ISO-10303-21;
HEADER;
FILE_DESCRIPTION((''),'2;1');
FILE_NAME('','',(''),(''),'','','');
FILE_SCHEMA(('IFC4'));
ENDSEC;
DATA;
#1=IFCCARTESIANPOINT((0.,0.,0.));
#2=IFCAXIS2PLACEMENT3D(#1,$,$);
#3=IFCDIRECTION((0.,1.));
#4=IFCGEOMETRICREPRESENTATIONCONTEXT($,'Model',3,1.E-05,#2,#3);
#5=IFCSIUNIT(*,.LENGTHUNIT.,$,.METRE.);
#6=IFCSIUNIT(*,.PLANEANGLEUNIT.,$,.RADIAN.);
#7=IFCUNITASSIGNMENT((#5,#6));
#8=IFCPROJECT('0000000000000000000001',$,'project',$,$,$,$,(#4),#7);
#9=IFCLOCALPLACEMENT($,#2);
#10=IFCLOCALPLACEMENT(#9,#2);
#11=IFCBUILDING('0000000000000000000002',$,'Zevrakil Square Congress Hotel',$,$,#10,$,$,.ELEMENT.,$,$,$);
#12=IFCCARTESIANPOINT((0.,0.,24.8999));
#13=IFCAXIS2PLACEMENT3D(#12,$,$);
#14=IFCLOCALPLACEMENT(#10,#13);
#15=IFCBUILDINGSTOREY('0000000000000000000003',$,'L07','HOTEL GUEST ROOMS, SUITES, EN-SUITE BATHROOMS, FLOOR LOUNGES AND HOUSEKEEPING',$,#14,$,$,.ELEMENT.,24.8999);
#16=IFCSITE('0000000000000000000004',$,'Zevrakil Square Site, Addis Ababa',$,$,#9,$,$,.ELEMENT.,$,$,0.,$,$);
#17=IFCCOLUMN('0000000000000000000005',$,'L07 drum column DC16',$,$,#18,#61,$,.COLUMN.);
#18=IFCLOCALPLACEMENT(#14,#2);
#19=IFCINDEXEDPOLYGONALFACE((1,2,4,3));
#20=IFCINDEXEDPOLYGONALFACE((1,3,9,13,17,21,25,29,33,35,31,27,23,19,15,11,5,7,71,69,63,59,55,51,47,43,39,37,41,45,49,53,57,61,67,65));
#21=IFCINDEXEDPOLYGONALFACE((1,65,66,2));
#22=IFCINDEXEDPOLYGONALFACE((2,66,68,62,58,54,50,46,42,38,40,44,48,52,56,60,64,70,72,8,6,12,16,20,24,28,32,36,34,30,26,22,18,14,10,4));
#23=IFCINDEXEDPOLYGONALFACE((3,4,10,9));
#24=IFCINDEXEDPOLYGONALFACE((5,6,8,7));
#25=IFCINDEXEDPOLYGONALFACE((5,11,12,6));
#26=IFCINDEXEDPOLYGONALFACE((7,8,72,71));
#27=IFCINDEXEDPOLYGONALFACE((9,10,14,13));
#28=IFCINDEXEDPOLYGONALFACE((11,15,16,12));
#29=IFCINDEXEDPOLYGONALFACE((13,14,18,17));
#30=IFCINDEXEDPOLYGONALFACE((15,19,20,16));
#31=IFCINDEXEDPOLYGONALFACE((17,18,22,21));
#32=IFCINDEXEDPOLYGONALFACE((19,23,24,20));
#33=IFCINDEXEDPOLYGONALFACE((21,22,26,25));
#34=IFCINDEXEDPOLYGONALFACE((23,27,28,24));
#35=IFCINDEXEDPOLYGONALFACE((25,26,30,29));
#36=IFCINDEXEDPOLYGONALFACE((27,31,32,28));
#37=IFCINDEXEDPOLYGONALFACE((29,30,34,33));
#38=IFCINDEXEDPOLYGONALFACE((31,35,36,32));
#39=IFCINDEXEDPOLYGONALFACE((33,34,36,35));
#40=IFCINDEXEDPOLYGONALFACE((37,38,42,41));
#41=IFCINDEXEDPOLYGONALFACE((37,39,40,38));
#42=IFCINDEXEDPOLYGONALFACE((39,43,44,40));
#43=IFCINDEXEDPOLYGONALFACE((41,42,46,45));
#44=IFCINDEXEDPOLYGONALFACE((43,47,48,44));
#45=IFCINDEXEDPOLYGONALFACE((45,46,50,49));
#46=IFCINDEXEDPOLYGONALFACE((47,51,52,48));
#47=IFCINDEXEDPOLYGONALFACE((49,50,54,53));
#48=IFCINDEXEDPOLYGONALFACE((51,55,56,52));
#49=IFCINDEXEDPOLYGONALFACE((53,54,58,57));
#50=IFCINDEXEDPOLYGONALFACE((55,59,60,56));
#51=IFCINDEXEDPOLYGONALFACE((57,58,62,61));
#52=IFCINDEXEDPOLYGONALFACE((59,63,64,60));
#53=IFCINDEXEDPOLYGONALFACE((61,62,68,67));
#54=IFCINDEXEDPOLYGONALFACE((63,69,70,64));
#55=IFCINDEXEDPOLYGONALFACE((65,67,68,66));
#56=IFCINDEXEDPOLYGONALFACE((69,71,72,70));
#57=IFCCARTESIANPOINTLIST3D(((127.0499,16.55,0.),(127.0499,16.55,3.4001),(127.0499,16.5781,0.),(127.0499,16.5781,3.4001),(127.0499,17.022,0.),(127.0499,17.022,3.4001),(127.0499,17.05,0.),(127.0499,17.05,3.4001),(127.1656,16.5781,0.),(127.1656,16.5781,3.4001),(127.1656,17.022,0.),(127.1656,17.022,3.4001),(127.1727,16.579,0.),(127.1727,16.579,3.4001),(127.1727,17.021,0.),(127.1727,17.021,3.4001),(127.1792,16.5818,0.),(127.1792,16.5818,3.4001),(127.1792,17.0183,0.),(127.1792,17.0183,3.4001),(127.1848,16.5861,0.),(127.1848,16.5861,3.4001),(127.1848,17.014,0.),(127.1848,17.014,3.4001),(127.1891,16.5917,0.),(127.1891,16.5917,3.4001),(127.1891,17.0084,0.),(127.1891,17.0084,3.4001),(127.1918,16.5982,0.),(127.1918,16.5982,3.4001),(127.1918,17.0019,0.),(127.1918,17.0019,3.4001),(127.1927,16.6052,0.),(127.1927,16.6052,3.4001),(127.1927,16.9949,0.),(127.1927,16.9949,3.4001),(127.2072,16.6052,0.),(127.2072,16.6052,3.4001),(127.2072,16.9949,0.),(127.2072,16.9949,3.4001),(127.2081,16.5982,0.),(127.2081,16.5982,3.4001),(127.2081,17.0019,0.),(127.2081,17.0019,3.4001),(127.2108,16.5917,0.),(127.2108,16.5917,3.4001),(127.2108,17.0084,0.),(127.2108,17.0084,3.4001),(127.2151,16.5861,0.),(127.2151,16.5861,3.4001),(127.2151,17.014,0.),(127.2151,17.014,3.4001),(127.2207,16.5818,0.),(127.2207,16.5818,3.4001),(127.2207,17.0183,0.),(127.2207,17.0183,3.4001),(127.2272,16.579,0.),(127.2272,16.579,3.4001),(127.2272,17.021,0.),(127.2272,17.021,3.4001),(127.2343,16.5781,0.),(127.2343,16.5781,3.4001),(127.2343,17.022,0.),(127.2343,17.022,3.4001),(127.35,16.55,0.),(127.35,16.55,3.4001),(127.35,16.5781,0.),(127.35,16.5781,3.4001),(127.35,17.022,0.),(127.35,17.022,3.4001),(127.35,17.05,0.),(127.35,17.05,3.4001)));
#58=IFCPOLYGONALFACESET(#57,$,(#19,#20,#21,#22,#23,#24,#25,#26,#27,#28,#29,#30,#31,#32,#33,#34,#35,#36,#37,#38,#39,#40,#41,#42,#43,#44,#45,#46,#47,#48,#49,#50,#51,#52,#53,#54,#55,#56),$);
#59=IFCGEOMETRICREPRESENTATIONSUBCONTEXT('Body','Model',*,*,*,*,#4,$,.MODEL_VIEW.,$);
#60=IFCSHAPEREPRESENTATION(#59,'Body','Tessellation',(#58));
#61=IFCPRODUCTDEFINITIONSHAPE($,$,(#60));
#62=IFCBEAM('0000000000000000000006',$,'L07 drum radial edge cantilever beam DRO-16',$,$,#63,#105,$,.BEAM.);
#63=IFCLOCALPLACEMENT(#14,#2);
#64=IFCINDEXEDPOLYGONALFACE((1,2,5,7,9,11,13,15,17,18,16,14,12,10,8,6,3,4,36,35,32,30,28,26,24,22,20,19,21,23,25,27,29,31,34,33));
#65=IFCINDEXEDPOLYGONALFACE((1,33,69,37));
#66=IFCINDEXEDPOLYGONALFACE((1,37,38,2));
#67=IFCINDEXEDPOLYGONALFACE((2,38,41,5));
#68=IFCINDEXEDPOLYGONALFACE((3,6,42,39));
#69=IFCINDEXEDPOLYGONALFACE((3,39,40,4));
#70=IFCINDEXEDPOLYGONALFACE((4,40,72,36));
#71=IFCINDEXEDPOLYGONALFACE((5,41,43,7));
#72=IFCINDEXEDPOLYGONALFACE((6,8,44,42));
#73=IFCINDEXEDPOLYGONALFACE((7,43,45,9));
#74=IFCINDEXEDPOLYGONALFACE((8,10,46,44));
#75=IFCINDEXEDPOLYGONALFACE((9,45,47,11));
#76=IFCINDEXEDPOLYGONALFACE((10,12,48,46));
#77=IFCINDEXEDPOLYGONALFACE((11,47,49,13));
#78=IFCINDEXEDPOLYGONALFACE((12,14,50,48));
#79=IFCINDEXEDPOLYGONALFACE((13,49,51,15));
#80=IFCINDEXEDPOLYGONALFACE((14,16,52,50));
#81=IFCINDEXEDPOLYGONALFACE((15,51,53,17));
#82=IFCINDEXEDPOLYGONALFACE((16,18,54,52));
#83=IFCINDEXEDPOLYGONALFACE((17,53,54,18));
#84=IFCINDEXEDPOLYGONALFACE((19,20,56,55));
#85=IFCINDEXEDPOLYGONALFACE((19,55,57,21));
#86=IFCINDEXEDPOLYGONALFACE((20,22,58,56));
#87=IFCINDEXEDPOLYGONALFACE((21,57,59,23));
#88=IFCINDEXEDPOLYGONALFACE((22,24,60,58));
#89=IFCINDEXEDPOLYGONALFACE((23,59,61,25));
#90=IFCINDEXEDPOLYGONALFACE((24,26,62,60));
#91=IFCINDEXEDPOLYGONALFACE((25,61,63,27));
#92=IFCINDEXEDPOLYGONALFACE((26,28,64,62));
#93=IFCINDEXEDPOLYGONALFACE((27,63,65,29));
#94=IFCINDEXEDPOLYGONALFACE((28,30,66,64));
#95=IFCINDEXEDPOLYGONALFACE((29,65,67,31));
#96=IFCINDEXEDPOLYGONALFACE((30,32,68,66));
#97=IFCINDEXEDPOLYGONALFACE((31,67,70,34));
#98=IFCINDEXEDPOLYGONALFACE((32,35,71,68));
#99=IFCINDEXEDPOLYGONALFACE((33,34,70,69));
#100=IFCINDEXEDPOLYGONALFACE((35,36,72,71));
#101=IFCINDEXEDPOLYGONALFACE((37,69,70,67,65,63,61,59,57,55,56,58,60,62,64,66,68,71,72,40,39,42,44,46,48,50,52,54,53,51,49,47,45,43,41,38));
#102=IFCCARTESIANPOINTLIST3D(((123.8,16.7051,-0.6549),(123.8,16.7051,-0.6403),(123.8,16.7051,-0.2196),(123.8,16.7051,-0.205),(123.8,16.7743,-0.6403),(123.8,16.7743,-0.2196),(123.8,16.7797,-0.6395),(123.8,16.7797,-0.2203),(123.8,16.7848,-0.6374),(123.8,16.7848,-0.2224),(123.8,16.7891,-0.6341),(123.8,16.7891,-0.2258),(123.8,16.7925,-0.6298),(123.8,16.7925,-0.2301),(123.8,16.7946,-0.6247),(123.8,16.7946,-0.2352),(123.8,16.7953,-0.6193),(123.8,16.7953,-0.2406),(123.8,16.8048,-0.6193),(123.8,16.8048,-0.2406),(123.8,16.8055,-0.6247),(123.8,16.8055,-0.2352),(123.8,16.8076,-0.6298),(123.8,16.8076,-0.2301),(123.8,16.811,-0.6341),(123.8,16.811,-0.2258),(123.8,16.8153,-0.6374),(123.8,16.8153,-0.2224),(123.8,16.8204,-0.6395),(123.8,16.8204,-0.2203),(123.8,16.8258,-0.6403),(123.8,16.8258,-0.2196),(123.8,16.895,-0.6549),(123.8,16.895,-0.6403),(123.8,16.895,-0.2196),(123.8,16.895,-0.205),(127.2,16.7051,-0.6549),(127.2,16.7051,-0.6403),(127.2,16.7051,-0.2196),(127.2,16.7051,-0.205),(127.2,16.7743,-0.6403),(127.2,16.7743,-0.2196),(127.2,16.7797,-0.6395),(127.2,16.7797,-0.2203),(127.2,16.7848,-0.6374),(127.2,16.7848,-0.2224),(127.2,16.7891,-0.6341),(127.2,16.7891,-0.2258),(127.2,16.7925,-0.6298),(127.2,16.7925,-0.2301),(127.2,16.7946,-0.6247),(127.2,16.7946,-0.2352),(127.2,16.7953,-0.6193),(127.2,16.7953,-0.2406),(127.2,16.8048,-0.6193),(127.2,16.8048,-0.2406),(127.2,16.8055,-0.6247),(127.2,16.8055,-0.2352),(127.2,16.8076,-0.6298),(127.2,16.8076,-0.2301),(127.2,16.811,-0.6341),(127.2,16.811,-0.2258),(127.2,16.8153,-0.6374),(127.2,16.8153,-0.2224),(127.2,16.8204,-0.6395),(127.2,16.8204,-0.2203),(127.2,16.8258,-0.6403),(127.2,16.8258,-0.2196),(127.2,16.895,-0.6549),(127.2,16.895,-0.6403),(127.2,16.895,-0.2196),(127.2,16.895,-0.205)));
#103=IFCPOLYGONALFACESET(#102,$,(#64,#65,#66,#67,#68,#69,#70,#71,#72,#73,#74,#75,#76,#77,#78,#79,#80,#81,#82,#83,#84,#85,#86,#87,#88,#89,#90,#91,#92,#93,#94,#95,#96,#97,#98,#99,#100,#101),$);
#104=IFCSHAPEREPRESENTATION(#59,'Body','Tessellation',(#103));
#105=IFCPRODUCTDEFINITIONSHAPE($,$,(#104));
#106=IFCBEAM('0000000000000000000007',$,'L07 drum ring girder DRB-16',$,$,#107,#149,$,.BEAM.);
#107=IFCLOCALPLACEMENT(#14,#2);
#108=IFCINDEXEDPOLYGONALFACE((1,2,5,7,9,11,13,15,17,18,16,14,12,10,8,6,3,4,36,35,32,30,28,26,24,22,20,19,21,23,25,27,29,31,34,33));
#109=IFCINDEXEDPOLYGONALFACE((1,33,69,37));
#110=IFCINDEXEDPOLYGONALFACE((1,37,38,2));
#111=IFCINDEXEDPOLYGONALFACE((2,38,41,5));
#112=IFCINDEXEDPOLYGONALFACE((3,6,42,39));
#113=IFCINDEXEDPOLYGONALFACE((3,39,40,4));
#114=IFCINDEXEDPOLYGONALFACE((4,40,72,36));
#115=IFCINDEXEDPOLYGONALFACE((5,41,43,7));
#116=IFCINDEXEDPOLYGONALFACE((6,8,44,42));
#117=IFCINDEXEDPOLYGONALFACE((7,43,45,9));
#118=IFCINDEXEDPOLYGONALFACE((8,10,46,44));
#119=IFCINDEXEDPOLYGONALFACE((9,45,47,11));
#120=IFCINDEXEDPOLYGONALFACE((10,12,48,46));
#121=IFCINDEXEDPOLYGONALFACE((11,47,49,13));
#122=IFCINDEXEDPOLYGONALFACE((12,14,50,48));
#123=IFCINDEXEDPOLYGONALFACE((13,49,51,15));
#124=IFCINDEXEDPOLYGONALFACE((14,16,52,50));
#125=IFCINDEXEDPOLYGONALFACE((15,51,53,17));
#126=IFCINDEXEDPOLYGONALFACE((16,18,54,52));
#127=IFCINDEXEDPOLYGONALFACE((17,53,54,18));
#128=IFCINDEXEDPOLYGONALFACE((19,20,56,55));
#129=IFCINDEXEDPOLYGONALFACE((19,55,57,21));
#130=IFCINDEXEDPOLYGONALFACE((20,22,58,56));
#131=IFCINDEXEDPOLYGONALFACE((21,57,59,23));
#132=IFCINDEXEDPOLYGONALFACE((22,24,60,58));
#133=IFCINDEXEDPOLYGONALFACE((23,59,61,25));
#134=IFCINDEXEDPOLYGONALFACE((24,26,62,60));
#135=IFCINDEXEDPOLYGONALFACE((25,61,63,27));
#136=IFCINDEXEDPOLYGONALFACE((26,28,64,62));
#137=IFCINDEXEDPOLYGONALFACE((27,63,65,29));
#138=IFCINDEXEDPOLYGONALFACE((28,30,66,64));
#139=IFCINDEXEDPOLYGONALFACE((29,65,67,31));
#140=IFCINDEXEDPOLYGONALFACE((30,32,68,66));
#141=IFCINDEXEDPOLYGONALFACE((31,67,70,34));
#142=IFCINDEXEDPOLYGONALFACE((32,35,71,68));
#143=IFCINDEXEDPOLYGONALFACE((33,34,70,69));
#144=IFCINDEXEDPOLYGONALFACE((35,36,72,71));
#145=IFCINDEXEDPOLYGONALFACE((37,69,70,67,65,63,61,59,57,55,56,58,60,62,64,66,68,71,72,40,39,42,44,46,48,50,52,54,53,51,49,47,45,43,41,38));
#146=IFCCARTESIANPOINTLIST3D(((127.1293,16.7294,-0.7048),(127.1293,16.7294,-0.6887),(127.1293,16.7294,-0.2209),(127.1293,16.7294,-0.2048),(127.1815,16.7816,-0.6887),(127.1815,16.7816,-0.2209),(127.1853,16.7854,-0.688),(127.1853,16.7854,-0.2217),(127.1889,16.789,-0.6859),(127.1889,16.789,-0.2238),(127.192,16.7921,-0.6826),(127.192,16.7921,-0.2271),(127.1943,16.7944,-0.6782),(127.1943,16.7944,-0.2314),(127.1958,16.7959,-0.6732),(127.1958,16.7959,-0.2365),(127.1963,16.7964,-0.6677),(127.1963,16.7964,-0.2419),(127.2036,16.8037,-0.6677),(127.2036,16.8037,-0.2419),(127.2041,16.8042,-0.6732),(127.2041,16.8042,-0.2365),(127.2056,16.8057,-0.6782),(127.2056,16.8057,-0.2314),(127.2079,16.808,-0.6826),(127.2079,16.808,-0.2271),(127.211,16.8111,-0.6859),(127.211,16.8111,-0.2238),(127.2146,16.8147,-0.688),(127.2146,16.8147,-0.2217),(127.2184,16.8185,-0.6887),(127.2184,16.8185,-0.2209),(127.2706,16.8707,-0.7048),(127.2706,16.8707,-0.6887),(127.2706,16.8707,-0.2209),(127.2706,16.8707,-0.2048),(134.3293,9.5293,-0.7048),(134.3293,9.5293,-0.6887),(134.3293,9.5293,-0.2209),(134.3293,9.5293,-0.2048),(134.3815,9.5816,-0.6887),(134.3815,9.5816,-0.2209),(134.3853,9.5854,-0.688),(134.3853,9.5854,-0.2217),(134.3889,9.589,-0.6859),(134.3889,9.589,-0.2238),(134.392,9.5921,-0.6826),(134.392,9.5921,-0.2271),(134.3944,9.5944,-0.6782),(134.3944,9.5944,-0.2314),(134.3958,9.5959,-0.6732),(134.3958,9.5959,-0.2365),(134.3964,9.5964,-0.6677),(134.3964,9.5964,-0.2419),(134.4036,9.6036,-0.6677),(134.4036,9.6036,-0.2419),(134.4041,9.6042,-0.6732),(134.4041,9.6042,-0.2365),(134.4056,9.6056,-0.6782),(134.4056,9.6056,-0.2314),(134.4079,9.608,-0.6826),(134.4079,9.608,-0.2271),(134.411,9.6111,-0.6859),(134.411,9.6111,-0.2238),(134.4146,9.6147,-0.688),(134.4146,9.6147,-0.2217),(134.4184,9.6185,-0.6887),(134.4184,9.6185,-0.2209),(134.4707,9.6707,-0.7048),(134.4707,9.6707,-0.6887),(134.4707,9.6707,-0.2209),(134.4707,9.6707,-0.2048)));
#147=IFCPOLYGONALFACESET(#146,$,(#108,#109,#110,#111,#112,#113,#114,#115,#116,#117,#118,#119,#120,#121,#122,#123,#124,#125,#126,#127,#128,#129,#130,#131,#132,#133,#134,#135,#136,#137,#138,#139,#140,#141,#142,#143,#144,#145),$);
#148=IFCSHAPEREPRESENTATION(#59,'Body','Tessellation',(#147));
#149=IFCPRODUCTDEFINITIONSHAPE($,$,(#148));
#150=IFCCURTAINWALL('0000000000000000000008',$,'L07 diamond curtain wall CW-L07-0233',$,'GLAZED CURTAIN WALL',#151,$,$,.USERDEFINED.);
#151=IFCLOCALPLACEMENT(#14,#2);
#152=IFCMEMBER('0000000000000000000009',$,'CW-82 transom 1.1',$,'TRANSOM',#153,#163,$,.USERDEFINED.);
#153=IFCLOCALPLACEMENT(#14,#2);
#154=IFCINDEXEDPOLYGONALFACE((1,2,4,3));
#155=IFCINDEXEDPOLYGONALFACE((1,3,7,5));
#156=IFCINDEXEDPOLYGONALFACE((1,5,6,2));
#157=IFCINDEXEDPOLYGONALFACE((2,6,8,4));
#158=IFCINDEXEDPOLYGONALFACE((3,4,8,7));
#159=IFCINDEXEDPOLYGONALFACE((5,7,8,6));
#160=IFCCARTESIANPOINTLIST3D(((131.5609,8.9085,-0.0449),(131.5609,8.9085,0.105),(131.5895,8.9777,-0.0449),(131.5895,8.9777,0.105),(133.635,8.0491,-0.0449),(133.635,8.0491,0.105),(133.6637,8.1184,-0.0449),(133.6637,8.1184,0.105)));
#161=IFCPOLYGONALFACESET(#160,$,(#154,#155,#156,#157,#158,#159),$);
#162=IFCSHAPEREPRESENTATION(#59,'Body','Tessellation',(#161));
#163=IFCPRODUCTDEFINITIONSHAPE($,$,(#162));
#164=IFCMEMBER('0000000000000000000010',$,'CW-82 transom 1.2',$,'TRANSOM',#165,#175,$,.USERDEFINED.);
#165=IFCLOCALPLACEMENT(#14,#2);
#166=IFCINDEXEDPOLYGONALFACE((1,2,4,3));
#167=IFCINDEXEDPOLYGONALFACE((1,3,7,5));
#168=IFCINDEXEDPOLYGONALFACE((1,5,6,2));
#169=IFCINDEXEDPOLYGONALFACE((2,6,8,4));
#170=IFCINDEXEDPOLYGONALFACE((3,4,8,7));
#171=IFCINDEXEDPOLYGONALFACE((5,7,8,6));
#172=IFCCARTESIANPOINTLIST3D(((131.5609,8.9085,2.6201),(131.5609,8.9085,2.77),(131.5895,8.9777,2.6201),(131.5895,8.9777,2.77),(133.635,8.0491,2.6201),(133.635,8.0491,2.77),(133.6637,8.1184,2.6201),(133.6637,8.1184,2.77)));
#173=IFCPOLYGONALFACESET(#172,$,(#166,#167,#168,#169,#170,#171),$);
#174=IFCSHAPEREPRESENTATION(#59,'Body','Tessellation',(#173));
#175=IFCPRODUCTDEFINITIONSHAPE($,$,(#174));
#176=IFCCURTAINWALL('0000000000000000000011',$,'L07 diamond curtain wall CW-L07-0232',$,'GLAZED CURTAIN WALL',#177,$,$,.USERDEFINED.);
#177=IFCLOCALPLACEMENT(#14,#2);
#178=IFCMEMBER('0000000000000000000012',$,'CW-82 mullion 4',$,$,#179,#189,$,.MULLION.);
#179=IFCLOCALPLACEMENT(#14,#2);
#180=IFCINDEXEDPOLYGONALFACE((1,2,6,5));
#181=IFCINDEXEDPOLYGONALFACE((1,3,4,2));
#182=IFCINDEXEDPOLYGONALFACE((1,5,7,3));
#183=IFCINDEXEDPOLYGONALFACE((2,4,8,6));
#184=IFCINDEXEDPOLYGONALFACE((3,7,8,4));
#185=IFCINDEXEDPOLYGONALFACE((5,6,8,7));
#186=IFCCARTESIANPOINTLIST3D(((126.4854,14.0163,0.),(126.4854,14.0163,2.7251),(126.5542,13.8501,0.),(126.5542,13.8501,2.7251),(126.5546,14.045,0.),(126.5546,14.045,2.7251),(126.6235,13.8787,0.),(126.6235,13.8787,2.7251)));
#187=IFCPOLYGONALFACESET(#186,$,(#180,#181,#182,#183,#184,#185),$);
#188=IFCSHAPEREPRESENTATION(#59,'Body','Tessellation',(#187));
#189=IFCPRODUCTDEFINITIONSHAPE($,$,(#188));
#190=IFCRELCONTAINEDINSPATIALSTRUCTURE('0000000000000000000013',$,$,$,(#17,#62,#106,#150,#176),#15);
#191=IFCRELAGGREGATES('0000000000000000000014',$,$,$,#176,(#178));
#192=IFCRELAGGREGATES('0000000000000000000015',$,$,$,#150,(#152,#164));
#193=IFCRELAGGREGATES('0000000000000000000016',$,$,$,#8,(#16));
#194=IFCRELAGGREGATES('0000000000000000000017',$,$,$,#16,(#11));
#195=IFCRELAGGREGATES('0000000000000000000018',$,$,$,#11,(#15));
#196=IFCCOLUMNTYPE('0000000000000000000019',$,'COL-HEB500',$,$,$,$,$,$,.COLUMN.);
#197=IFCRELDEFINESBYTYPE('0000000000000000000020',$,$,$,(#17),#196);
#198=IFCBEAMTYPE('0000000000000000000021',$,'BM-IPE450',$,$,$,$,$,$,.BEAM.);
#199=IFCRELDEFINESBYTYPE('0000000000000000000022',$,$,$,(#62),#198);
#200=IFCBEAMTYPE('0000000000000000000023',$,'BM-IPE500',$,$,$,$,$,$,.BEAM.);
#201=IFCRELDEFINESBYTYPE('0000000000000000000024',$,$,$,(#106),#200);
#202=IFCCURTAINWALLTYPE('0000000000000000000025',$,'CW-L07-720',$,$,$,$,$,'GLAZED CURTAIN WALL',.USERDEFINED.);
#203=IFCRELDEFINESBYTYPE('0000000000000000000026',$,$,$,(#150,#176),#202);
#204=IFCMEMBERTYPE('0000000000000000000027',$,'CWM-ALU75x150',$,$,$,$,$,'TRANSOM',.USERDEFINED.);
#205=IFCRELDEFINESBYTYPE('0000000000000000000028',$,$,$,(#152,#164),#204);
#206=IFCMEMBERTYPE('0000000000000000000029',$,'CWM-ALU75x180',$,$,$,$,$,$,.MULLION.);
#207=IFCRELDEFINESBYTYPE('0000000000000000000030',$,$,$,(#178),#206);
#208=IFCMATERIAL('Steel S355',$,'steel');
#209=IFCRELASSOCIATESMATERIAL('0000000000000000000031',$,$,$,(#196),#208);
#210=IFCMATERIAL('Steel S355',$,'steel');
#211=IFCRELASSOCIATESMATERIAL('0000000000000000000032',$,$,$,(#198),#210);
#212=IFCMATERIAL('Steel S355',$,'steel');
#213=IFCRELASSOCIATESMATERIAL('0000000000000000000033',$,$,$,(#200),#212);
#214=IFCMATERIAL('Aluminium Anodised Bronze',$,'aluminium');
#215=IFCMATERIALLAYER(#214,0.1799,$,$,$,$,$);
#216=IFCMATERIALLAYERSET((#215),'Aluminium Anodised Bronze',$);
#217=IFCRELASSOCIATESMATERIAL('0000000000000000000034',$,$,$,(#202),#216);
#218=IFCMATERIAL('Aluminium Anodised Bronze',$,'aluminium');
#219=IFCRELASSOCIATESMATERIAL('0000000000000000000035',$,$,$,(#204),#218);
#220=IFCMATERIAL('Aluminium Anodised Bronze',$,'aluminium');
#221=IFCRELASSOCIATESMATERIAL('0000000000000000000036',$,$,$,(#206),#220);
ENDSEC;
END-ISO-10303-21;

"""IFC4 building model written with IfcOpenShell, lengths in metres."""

from ifc_helpers import new_model, si_unit, direction, frame, origin, origin_2d, place, context, subcontext, project, spatial, rectangle, i_section, extrude, material, layer, layer_set, material_profile, profile_set, type_object, element, aggregate, save


model = new_model("IFC4")

# Units and contexts
model_context = context("Model", 3, precision=1e-05, world=origin(), true_north=direction((0.0, 1.0)))
body_context = subcontext(model_context, "Body", "Model", "MODEL_VIEW")
ifc_project = project(units=[si_unit("LENGTHUNIT", "METRE"), si_unit("PLANEANGLEUNIT", "RADIAN")], contexts=[model_context])

# Site, building, storey
site_placement = place(None, origin())
site = spatial("IfcSite", under=ifc_project, at=site_placement, Name="Zevrakil Square Site, Addis Ababa", CompositionType="ELEMENT", RefElevation=0.0)
building_placement = place(site_placement, origin())
building = spatial("IfcBuilding", under=site, at=building_placement, Name="Zevrakil Square Congress Hotel", CompositionType="ELEMENT")
storey_placement = place(building_placement, frame((0.0, 0.0, 24.8999)))
storey = spatial("IfcBuildingStorey", under=building, at=storey_placement, Name="L07", Description="HOTEL GUEST ROOMS, SUITES, EN-SUITE BATHROOMS, FLOOR LOUNGES AND HOUSEKEEPING", CompositionType="ELEMENT", Elevation=24.8999)

# Column
ifc_material_1 = material(Name="Steel S355", Category="steel")
ifc_material_profile_1 = material_profile(ifc_material_1, i_section(OverallWidth=0.3, OverallDepth=0.5, WebThickness=0.0144, FlangeThickness=0.0281, FilletRadius=0.0271, at=origin_2d()), Name="HEB 500")
ifc_profile_set_1 = profile_set([ifc_material_profile_1], Name="Steel S355")
column_type = type_object("IfcColumnType", Name="COL-HEB500", PredefinedType="COLUMN", material=ifc_profile_set_1)
column_placement = place(storey_placement, frame((127.2, 16.8, 0.0), z_axis=(0.0, 0.0, 1.0), x_axis=(1.0, 0.0, 0.0)))
element("IfcColumn", 1, at=column_placement, inside=storey, type_object=column_type, Name="L07 drum column DC16", PredefinedType="COLUMN", context=body_context, shape_type="SweptSolid", body=[
    extrude(i_section(OverallWidth=0.3, OverallDepth=0.5, WebThickness=0.0144, FlangeThickness=0.0281, FilletRadius=0.0271, at=origin_2d()), origin(), (0.0, 0.0, 1.0), 3.4001),
])

# Beams
ifc_material_2 = material(Name="Steel S355", Category="steel")
ifc_material_profile_2 = material_profile(ifc_material_2, i_section(OverallWidth=0.1899, OverallDepth=0.45, WebThickness=0.0095, FlangeThickness=0.0146, FilletRadius=0.021, at=origin_2d()), Name="IPE 450")
ifc_profile_set_2 = profile_set([ifc_material_profile_2], Name="Steel S355")
beam_type_1 = type_object("IfcBeamType", Name="BM-IPE450", PredefinedType="BEAM", material=ifc_profile_set_2)
beam_1_placement = place(storey_placement, frame((127.2, 16.8, -0.4299), z_axis=(-1.0, 0.0, 0.0), x_axis=(0.0, -1.0, 0.0)))
element("IfcBeam", 2, at=beam_1_placement, inside=storey, type_object=beam_type_1, Name="L07 drum radial edge cantilever beam DRO-16", PredefinedType="BEAM", context=body_context, shape_type="SweptSolid", body=[
    extrude(i_section(OverallWidth=0.1899, OverallDepth=0.45, WebThickness=0.0095, FlangeThickness=0.0146, FilletRadius=0.021, at=origin_2d()), origin(), (0.0, 0.0, 1.0), 3.3999),
])
ifc_material_3 = material(Name="Steel S355", Category="steel")
ifc_material_profile_3 = material_profile(ifc_material_3, i_section(OverallWidth=0.2, OverallDepth=0.5, WebThickness=0.0103, FlangeThickness=0.0161, FilletRadius=0.021, at=origin_2d()), Name="IPE 500")
ifc_profile_set_3 = profile_set([ifc_material_profile_3], Name="Steel S355")
beam_type_2 = type_object("IfcBeamType", Name="BM-IPE500", PredefinedType="BEAM", material=ifc_profile_set_3)
beam_2_placement = place(storey_placement, frame((127.2, 16.8, -0.4548), z_axis=(0.707107, -0.707107, 0.0), x_axis=(0.707107, 0.707107, 0.0)))
element("IfcBeam", 3, at=beam_2_placement, inside=storey, type_object=beam_type_2, Name="L07 drum ring girder DRB-16", PredefinedType="BEAM", context=body_context, shape_type="SweptSolid", body=[
    extrude(i_section(OverallWidth=0.2, OverallDepth=0.5, WebThickness=0.0103, FlangeThickness=0.0161, FilletRadius=0.021, at=origin_2d()), origin(), (0.0, 0.0, 1.0), 10.1824),
])

# Curtain wall, members
ifc_material_4 = material(Name="Aluminium Anodised Bronze", Category="aluminium")
ifc_layer_1 = layer(ifc_material_4, 0.1799)
ifc_layer_set_1 = layer_set([ifc_layer_1], Name="Aluminium Anodised Bronze")
curtain_wall_type = type_object("IfcCurtainWallType", Name="CW-L07-720", ElementType="GLAZED CURTAIN WALL", PredefinedType="USERDEFINED", material=ifc_layer_set_1)
curtain_wall_1_placement = place(storey_placement, origin())
curtain_wall_1 = element("IfcCurtainWall", 4, at=curtain_wall_1_placement, inside=storey, type_object=curtain_wall_type, Name="L07 diamond curtain wall CW-L07-0233", ObjectType="GLAZED CURTAIN WALL", PredefinedType="USERDEFINED")
ifc_material_5 = material(Name="Aluminium Anodised Bronze", Category="aluminium")
ifc_material_profile_4 = material_profile(ifc_material_5, rectangle(XDim=0.075, YDim=0.1499, at=origin_2d()), Name="ALU 75x150")
ifc_profile_set_4 = profile_set([ifc_material_profile_4], Name="Aluminium Anodised Bronze")
member_type_1 = type_object("IfcMemberType", Name="CWM-ALU75x150", ElementType="TRANSOM", PredefinedType="USERDEFINED", material=ifc_profile_set_4)
member_1_placement = place(storey_placement, frame((131.5752, 8.9431, 0.03), z_axis=(0.923847, -0.382762, 0.0), x_axis=(0.382762, 0.923847, 0.0)))
member_1 = element("IfcMember", 5, at=member_1_placement, type_object=member_type_1, Name="CW-82 transom 1.1", ObjectType="TRANSOM", PredefinedType="USERDEFINED", context=body_context, shape_type="SweptSolid", body=[
    extrude(rectangle(XDim=0.075, YDim=0.1499, at=origin_2d()), origin(), (0.0, 0.0, 1.0), 2.2451),
])
member_2_placement = place(storey_placement, frame((131.5752, 8.9431, 2.6951), z_axis=(0.923847, -0.382762, 0.0), x_axis=(0.382762, 0.923847, 0.0)))
member_2 = element("IfcMember", 6, at=member_2_placement, type_object=member_type_1, Name="CW-82 transom 1.2", ObjectType="TRANSOM", PredefinedType="USERDEFINED", context=body_context, shape_type="SweptSolid", body=[
    extrude(rectangle(XDim=0.075, YDim=0.1499, at=origin_2d()), origin(), (0.0, 0.0, 1.0), 2.2451),
])

# Curtain wall, member
curtain_wall_2_placement = place(storey_placement, origin())
curtain_wall_2 = element("IfcCurtainWall", 7, at=curtain_wall_2_placement, inside=storey, type_object=curtain_wall_type, Name="L07 diamond curtain wall CW-L07-0232", ObjectType="GLAZED CURTAIN WALL", PredefinedType="USERDEFINED")
ifc_material_6 = material(Name="Aluminium Anodised Bronze", Category="aluminium")
ifc_material_profile_5 = material_profile(ifc_material_6, rectangle(XDim=0.075, YDim=0.1799, at=origin_2d()), Name="ALU 75x180")
ifc_profile_set_5 = profile_set([ifc_material_profile_5], Name="Aluminium Anodised Bronze")
member_type_2 = type_object("IfcMemberType", Name="CWM-ALU75x180", PredefinedType="MULLION", material=ifc_profile_set_5)
member_3_placement = place(storey_placement, frame((126.5544, 13.9475, 0.0), z_axis=(0.0, 0.0, 1.0), x_axis=(0.923879, 0.382684, 0.0)))
member_3 = element("IfcMember", 8, at=member_3_placement, type_object=member_type_2, Name="CW-82 mullion 4", PredefinedType="MULLION", context=body_context, shape_type="SweptSolid", body=[
    extrude(rectangle(XDim=0.075, YDim=0.1799, at=origin_2d()), origin(), (0.0, 0.0, 1.0), 2.7251),
])
aggregate(curtain_wall_2, [member_3])

aggregate(curtain_wall_1, [member_1, member_2])

save(model, "model.ifc")
